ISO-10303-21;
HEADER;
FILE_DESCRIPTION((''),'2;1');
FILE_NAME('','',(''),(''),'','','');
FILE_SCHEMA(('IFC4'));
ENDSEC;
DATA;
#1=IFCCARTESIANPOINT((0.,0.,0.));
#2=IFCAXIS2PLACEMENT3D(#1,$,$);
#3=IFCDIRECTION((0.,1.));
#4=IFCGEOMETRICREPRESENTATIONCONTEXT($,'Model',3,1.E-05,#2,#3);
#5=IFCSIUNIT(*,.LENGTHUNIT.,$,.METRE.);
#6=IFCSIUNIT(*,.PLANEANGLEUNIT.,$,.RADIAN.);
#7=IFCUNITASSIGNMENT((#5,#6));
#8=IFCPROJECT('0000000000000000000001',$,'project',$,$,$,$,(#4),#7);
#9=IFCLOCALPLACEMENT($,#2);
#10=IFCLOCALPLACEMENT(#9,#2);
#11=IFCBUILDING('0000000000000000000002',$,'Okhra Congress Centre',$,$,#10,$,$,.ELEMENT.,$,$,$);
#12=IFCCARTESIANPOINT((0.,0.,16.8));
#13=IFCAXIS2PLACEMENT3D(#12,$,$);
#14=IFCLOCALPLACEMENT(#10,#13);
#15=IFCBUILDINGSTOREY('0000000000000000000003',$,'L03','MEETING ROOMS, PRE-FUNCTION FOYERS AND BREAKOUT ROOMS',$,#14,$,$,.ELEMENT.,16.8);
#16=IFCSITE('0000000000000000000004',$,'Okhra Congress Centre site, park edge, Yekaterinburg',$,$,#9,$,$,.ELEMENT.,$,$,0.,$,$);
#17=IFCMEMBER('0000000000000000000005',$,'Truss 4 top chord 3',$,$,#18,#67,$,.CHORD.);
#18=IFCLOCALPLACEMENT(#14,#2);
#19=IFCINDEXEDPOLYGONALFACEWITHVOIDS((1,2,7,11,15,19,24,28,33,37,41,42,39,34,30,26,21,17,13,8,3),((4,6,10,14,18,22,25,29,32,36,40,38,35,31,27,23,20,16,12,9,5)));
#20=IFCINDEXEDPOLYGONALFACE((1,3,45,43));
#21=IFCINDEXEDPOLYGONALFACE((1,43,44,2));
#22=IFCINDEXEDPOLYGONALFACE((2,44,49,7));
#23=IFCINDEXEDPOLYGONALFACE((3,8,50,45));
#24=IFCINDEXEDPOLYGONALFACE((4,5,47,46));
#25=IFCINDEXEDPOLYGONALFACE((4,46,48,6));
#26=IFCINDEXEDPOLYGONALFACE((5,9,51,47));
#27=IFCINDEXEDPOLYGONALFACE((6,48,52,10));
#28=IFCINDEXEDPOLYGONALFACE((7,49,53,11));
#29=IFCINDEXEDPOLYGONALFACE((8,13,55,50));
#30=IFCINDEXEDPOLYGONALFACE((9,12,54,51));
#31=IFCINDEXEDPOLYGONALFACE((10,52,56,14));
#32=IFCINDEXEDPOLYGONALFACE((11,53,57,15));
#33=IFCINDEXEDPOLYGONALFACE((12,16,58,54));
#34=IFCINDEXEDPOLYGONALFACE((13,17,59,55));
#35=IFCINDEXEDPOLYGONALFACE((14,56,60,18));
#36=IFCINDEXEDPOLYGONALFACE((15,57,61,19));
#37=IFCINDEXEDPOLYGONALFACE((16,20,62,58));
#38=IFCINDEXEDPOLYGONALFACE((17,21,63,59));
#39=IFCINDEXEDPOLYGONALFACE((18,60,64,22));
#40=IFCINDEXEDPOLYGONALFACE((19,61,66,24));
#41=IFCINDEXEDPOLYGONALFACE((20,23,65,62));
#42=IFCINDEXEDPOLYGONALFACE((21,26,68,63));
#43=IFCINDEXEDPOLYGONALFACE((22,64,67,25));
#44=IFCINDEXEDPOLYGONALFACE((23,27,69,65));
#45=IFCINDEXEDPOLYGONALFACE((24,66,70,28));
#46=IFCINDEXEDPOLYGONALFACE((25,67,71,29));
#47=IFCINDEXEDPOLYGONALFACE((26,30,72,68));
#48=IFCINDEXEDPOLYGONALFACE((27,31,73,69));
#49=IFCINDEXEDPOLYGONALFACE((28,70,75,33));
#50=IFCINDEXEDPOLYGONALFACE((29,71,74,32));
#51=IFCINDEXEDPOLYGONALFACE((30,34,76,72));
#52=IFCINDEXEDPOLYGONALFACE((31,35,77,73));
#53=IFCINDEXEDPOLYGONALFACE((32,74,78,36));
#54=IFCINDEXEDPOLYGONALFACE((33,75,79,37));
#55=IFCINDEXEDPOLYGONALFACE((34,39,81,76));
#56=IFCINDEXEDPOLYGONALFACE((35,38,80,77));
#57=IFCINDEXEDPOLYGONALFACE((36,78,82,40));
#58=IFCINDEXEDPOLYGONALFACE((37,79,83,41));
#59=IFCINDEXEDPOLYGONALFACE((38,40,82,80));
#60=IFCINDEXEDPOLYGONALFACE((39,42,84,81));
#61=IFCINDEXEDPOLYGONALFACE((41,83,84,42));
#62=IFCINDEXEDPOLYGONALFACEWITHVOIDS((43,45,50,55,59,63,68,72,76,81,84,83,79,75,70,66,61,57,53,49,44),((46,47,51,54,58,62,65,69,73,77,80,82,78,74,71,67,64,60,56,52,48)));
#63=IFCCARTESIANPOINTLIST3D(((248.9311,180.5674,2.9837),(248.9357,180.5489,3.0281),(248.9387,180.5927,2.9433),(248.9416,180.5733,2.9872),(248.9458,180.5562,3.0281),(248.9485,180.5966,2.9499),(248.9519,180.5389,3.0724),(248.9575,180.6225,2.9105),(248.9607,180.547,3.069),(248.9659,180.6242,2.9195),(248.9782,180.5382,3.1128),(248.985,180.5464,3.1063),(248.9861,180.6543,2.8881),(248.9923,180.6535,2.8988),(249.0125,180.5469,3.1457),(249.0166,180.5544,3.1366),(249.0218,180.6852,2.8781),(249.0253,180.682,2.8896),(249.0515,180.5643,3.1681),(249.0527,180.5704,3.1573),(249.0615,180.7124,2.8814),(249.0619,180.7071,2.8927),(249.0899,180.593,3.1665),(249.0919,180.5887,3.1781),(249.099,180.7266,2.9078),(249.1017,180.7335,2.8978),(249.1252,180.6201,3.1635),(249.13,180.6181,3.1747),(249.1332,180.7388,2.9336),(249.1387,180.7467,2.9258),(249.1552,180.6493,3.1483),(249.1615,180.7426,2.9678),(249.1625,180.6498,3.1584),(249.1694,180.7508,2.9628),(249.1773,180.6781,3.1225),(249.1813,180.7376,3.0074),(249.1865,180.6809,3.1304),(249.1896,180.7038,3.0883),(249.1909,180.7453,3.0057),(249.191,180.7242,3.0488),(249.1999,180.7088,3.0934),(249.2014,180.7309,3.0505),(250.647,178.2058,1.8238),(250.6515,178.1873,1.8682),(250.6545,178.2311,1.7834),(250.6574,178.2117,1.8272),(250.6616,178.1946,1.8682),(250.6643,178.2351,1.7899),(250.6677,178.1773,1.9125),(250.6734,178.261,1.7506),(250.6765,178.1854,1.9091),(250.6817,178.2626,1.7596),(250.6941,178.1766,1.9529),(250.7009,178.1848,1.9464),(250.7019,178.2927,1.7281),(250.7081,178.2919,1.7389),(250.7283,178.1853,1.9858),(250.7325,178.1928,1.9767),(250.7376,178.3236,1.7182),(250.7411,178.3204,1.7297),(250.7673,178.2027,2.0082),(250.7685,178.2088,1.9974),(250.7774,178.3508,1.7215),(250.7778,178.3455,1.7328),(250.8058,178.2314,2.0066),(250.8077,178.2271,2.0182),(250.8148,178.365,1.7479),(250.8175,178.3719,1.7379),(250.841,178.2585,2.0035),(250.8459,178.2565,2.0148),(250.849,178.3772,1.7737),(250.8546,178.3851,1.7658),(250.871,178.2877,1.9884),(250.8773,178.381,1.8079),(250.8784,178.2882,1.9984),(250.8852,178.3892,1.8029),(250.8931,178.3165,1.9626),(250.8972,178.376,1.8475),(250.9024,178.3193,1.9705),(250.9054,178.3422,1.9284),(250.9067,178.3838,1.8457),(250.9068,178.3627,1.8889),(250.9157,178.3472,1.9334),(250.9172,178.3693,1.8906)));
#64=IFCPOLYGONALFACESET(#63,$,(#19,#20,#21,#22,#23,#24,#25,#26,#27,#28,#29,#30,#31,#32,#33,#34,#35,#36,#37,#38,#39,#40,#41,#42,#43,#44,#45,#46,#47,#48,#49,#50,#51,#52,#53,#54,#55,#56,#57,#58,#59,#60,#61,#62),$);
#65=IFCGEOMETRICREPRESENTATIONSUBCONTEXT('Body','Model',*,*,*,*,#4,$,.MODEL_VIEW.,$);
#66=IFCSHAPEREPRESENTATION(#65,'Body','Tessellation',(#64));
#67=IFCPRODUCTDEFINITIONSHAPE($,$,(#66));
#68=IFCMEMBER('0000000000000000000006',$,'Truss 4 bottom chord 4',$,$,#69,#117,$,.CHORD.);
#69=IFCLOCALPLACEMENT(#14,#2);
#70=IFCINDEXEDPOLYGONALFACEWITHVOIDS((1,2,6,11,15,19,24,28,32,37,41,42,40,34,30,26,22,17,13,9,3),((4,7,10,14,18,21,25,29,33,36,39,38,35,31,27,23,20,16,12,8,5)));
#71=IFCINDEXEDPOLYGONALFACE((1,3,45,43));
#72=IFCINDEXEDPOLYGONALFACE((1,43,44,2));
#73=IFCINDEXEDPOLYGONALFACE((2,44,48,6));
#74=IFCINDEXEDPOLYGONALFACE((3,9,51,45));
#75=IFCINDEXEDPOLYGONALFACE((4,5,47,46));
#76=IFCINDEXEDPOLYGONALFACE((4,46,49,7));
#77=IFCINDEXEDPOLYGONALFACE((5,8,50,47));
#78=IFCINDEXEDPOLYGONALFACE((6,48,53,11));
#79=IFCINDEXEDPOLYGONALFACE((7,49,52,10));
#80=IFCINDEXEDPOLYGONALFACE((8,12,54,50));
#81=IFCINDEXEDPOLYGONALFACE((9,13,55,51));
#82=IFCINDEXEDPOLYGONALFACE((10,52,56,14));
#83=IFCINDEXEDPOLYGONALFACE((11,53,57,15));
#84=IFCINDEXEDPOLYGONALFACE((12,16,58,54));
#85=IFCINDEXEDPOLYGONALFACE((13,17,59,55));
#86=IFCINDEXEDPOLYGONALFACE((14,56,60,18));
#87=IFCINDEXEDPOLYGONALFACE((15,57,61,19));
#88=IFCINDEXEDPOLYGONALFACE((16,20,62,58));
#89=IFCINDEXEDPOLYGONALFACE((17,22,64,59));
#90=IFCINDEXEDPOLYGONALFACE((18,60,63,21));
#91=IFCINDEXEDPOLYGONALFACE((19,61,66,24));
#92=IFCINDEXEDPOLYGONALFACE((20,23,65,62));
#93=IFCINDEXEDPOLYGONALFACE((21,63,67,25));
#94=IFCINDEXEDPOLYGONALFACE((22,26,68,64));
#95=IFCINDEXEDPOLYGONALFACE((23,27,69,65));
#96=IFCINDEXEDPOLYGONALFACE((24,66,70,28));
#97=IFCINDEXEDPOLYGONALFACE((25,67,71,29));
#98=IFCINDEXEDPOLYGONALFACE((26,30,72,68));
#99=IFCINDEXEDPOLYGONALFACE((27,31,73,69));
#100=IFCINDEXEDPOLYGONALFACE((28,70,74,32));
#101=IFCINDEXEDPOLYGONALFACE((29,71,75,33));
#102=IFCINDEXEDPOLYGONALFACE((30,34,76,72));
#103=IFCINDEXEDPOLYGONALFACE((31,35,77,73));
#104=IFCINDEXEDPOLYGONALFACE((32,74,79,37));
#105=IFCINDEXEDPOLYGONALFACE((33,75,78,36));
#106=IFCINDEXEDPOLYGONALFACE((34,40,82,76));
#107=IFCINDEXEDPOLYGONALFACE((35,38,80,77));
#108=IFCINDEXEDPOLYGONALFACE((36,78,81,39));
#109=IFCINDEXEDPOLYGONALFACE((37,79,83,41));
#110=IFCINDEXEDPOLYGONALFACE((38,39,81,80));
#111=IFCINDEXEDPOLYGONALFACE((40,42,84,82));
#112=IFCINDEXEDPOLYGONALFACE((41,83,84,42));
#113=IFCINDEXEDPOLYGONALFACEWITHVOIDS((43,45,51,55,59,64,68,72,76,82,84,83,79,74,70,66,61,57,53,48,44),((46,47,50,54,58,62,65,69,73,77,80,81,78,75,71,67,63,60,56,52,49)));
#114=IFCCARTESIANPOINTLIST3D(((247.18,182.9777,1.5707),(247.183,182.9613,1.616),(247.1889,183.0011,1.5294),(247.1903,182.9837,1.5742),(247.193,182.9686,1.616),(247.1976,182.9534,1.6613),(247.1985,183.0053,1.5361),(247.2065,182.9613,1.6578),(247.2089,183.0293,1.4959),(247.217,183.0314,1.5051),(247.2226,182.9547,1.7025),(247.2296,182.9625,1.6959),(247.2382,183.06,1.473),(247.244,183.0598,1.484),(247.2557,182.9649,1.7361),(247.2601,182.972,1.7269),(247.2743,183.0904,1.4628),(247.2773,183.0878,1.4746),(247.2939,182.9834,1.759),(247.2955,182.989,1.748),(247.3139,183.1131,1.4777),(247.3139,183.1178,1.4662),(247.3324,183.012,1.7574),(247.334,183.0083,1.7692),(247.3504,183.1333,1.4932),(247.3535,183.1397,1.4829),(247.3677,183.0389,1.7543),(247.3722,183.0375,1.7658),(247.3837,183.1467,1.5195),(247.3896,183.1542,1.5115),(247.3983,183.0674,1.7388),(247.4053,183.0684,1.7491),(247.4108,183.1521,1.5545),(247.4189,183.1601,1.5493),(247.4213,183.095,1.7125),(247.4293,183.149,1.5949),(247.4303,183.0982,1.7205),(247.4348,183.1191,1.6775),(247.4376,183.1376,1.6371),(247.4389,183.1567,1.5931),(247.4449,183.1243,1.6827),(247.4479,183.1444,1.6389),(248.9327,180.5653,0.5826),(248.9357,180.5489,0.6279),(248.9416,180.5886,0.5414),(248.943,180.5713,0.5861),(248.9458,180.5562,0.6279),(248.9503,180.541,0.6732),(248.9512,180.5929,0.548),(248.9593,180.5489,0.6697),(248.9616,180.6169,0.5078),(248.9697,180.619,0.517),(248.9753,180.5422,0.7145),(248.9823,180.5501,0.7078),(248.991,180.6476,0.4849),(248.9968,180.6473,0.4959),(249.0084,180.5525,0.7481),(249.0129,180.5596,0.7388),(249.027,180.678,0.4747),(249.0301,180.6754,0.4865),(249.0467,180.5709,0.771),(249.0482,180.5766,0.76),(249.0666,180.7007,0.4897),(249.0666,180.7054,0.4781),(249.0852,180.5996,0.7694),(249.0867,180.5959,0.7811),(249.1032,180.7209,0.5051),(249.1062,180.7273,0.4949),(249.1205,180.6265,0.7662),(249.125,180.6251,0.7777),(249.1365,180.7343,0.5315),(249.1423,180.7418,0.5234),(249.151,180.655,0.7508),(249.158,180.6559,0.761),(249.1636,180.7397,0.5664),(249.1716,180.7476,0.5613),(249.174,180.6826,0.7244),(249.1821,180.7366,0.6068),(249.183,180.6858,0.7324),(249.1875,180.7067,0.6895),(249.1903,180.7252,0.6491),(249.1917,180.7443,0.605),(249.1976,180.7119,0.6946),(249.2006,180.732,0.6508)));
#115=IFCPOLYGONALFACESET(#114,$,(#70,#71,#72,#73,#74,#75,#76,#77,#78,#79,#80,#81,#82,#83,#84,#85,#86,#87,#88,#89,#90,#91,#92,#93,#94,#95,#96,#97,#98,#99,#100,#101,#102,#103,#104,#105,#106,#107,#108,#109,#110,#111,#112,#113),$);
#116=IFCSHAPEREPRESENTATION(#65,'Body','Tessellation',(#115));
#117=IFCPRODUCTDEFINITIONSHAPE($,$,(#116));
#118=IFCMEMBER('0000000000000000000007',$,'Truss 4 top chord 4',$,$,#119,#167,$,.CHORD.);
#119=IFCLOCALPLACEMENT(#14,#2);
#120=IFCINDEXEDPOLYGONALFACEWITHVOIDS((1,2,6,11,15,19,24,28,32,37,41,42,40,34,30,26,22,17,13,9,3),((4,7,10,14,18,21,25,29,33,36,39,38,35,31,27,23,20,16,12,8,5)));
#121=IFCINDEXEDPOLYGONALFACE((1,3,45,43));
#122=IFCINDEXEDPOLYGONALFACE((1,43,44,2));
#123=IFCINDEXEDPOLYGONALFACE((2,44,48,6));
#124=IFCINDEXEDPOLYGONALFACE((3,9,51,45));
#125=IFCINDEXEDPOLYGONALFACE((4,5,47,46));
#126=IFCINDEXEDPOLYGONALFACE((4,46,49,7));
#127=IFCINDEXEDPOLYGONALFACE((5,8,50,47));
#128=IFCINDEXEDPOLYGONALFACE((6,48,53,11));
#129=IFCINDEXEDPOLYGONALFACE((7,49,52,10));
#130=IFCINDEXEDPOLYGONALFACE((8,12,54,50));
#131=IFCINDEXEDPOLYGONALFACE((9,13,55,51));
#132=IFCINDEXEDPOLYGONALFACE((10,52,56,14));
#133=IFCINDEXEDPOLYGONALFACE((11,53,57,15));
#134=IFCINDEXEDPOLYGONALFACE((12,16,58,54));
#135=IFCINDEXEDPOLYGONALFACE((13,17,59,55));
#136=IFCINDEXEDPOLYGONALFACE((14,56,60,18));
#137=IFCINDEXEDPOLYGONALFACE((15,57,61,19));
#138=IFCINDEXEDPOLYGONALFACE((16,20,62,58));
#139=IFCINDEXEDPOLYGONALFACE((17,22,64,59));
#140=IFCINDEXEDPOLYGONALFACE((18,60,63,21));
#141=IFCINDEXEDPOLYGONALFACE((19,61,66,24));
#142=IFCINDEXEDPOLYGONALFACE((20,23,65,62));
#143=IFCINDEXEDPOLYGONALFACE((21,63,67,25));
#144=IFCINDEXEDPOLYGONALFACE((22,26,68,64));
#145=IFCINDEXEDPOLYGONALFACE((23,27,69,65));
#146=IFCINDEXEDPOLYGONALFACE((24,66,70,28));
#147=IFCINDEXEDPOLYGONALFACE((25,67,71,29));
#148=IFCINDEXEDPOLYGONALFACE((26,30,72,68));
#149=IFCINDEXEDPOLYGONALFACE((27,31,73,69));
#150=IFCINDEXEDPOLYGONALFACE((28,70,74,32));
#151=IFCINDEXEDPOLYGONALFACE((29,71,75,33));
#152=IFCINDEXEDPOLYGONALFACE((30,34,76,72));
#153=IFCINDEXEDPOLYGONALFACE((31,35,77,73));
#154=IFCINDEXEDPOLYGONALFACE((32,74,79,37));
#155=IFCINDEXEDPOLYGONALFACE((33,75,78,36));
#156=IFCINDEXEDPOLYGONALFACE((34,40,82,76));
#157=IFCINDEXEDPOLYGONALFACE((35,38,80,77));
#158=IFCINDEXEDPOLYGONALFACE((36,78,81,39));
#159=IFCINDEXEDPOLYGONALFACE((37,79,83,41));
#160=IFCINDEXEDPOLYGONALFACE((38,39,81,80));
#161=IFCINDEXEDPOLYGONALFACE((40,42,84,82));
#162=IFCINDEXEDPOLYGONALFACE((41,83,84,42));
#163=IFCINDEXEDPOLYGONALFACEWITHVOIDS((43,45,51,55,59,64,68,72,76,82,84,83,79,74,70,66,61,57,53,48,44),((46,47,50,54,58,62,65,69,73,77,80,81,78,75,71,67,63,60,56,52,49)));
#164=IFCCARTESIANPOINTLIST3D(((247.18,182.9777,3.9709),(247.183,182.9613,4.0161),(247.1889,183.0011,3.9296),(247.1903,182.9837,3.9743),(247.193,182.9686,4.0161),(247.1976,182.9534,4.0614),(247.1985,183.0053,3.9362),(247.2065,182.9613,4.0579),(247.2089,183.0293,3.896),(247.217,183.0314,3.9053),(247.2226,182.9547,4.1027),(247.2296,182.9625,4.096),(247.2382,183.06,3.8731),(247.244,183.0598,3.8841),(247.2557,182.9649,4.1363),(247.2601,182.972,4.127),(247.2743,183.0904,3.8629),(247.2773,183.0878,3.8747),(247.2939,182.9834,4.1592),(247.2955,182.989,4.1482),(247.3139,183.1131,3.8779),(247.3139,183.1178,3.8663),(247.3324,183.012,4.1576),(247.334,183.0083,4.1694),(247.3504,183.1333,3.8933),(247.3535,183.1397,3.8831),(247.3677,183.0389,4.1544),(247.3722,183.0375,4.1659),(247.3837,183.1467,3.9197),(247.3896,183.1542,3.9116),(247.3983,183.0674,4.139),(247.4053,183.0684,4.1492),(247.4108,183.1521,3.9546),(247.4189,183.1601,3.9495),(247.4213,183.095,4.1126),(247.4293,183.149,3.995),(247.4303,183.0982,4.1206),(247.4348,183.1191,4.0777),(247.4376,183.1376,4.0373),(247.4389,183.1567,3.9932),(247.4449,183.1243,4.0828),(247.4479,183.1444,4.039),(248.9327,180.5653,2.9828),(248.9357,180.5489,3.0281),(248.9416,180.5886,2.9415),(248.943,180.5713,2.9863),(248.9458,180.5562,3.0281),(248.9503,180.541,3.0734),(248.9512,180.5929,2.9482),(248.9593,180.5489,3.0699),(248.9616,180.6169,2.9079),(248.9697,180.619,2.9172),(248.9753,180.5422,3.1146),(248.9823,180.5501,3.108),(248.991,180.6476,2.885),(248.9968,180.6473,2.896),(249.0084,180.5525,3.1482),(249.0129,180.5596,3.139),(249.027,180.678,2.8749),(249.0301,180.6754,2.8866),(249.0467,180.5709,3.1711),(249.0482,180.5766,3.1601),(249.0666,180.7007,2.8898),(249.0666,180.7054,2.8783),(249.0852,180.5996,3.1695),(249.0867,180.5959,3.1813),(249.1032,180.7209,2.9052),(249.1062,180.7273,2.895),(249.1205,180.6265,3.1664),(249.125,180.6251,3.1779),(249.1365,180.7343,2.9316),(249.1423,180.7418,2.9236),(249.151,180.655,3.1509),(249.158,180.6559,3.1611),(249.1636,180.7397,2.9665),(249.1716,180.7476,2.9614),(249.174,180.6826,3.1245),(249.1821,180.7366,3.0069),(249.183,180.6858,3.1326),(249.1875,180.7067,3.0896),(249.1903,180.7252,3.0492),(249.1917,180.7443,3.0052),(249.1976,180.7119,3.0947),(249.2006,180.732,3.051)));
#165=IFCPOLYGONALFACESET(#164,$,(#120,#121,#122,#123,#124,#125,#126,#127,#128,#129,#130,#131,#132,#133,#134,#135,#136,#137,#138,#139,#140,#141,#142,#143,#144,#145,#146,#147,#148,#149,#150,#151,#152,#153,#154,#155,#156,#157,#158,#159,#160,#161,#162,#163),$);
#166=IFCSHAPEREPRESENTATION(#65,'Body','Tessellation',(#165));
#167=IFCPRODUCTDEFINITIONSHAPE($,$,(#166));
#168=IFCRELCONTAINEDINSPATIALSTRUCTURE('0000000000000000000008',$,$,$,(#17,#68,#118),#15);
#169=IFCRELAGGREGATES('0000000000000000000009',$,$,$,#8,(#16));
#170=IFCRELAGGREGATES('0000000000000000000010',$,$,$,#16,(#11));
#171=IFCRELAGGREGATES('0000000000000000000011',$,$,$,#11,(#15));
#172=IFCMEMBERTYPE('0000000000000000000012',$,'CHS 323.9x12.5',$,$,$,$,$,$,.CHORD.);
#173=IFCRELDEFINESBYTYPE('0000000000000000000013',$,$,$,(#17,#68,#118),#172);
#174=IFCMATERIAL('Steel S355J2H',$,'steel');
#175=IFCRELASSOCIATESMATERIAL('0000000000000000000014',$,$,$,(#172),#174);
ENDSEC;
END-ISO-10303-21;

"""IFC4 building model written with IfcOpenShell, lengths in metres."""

from ifc_helpers import new_model, si_unit, direction, frame, origin, origin_2d, place, context, subcontext, project, spatial, hollow_circle, extrude, material, material_profile, profile_set, type_object, element, save


model = new_model("IFC4")

# Units and contexts
model_context = context("Model", 3, precision=1e-05, world=origin(), true_north=direction((0.0, 1.0)))
body_context = subcontext(model_context, "Body", "Model", "MODEL_VIEW")
ifc_project = project(units=[si_unit("LENGTHUNIT", "METRE"), si_unit("PLANEANGLEUNIT", "RADIAN")], contexts=[model_context])

# Site, building, storey
site_placement = place(None, origin())
site = spatial("IfcSite", under=ifc_project, at=site_placement, Name="Okhra Congress Centre site, park edge, Yekaterinburg", CompositionType="ELEMENT", RefElevation=0.0)
building_placement = place(site_placement, origin())
building = spatial("IfcBuilding", under=site, at=building_placement, Name="Okhra Congress Centre", CompositionType="ELEMENT")
storey_placement = place(building_placement, frame((0.0, 0.0, 16.8)))
storey = spatial("IfcBuildingStorey", under=building, at=storey_placement, Name="L03", Description="MEETING ROOMS, PRE-FUNCTION FOYERS AND BREAKOUT ROOMS", CompositionType="ELEMENT", Elevation=16.8)

# Members
ifc_material_1 = material(Name="Steel S355J2H", Category="steel")
ifc_material_profile_1 = material_profile(ifc_material_1, hollow_circle(Radius=0.1619, WallThickness=0.0125, at=origin_2d()), Name="CHS 323.9x12.5")
ifc_profile_set_1 = profile_set([ifc_material_profile_1], Name="Steel S355J2H")
member_type_1 = type_object("IfcMemberType", Name="CHS 323.9x12.5", PredefinedType="CHORD", material=ifc_profile_set_1)
for number, where, z_axis, x_axis, name in (
    (1, (250.7825, 178.2825, 1.8682), (-0.54625, 0.751832, 0.36927), (-0.809011, -0.587794, 0.0), "Truss 4 top chord 3"),
):
    element("IfcMember", number, at=place(storey_placement, frame(where, z_axis=z_axis, x_axis=x_axis)), inside=storey, type_object=member_type_1, Name=name, PredefinedType="CHORD", context=body_context, shape_type="SweptSolid", body=[
        extrude(hollow_circle(Radius=0.1619, WallThickness=0.0125, at=origin_2d()), origin(), (0.0, 0.0, 1.0), 3.1411),
    ])
for number, where, z_axis, x_axis, name in (
    (2, (249.0667, 180.644, 0.6279), (-0.557955, 0.767955, 0.314534), (-0.809016, -0.587787, 0.0), "Truss 4 bottom chord 4"),
    (3, (249.0667, 180.644, 3.0281), (-0.557955, 0.767955, 0.314534), (-0.809016, -0.587787, 0.0), "Truss 4 top chord 4"),
):
    element("IfcMember", number, at=place(storey_placement, frame(where, z_axis=z_axis, x_axis=x_axis)), inside=storey, type_object=member_type_1, Name=name, PredefinedType="CHORD", context=body_context, shape_type="SweptSolid", body=[
        extrude(hollow_circle(Radius=0.1619, WallThickness=0.0125, at=origin_2d()), origin(), (0.0, 0.0, 1.0), 3.1414),
    ])

save(model, "model.ifc")
